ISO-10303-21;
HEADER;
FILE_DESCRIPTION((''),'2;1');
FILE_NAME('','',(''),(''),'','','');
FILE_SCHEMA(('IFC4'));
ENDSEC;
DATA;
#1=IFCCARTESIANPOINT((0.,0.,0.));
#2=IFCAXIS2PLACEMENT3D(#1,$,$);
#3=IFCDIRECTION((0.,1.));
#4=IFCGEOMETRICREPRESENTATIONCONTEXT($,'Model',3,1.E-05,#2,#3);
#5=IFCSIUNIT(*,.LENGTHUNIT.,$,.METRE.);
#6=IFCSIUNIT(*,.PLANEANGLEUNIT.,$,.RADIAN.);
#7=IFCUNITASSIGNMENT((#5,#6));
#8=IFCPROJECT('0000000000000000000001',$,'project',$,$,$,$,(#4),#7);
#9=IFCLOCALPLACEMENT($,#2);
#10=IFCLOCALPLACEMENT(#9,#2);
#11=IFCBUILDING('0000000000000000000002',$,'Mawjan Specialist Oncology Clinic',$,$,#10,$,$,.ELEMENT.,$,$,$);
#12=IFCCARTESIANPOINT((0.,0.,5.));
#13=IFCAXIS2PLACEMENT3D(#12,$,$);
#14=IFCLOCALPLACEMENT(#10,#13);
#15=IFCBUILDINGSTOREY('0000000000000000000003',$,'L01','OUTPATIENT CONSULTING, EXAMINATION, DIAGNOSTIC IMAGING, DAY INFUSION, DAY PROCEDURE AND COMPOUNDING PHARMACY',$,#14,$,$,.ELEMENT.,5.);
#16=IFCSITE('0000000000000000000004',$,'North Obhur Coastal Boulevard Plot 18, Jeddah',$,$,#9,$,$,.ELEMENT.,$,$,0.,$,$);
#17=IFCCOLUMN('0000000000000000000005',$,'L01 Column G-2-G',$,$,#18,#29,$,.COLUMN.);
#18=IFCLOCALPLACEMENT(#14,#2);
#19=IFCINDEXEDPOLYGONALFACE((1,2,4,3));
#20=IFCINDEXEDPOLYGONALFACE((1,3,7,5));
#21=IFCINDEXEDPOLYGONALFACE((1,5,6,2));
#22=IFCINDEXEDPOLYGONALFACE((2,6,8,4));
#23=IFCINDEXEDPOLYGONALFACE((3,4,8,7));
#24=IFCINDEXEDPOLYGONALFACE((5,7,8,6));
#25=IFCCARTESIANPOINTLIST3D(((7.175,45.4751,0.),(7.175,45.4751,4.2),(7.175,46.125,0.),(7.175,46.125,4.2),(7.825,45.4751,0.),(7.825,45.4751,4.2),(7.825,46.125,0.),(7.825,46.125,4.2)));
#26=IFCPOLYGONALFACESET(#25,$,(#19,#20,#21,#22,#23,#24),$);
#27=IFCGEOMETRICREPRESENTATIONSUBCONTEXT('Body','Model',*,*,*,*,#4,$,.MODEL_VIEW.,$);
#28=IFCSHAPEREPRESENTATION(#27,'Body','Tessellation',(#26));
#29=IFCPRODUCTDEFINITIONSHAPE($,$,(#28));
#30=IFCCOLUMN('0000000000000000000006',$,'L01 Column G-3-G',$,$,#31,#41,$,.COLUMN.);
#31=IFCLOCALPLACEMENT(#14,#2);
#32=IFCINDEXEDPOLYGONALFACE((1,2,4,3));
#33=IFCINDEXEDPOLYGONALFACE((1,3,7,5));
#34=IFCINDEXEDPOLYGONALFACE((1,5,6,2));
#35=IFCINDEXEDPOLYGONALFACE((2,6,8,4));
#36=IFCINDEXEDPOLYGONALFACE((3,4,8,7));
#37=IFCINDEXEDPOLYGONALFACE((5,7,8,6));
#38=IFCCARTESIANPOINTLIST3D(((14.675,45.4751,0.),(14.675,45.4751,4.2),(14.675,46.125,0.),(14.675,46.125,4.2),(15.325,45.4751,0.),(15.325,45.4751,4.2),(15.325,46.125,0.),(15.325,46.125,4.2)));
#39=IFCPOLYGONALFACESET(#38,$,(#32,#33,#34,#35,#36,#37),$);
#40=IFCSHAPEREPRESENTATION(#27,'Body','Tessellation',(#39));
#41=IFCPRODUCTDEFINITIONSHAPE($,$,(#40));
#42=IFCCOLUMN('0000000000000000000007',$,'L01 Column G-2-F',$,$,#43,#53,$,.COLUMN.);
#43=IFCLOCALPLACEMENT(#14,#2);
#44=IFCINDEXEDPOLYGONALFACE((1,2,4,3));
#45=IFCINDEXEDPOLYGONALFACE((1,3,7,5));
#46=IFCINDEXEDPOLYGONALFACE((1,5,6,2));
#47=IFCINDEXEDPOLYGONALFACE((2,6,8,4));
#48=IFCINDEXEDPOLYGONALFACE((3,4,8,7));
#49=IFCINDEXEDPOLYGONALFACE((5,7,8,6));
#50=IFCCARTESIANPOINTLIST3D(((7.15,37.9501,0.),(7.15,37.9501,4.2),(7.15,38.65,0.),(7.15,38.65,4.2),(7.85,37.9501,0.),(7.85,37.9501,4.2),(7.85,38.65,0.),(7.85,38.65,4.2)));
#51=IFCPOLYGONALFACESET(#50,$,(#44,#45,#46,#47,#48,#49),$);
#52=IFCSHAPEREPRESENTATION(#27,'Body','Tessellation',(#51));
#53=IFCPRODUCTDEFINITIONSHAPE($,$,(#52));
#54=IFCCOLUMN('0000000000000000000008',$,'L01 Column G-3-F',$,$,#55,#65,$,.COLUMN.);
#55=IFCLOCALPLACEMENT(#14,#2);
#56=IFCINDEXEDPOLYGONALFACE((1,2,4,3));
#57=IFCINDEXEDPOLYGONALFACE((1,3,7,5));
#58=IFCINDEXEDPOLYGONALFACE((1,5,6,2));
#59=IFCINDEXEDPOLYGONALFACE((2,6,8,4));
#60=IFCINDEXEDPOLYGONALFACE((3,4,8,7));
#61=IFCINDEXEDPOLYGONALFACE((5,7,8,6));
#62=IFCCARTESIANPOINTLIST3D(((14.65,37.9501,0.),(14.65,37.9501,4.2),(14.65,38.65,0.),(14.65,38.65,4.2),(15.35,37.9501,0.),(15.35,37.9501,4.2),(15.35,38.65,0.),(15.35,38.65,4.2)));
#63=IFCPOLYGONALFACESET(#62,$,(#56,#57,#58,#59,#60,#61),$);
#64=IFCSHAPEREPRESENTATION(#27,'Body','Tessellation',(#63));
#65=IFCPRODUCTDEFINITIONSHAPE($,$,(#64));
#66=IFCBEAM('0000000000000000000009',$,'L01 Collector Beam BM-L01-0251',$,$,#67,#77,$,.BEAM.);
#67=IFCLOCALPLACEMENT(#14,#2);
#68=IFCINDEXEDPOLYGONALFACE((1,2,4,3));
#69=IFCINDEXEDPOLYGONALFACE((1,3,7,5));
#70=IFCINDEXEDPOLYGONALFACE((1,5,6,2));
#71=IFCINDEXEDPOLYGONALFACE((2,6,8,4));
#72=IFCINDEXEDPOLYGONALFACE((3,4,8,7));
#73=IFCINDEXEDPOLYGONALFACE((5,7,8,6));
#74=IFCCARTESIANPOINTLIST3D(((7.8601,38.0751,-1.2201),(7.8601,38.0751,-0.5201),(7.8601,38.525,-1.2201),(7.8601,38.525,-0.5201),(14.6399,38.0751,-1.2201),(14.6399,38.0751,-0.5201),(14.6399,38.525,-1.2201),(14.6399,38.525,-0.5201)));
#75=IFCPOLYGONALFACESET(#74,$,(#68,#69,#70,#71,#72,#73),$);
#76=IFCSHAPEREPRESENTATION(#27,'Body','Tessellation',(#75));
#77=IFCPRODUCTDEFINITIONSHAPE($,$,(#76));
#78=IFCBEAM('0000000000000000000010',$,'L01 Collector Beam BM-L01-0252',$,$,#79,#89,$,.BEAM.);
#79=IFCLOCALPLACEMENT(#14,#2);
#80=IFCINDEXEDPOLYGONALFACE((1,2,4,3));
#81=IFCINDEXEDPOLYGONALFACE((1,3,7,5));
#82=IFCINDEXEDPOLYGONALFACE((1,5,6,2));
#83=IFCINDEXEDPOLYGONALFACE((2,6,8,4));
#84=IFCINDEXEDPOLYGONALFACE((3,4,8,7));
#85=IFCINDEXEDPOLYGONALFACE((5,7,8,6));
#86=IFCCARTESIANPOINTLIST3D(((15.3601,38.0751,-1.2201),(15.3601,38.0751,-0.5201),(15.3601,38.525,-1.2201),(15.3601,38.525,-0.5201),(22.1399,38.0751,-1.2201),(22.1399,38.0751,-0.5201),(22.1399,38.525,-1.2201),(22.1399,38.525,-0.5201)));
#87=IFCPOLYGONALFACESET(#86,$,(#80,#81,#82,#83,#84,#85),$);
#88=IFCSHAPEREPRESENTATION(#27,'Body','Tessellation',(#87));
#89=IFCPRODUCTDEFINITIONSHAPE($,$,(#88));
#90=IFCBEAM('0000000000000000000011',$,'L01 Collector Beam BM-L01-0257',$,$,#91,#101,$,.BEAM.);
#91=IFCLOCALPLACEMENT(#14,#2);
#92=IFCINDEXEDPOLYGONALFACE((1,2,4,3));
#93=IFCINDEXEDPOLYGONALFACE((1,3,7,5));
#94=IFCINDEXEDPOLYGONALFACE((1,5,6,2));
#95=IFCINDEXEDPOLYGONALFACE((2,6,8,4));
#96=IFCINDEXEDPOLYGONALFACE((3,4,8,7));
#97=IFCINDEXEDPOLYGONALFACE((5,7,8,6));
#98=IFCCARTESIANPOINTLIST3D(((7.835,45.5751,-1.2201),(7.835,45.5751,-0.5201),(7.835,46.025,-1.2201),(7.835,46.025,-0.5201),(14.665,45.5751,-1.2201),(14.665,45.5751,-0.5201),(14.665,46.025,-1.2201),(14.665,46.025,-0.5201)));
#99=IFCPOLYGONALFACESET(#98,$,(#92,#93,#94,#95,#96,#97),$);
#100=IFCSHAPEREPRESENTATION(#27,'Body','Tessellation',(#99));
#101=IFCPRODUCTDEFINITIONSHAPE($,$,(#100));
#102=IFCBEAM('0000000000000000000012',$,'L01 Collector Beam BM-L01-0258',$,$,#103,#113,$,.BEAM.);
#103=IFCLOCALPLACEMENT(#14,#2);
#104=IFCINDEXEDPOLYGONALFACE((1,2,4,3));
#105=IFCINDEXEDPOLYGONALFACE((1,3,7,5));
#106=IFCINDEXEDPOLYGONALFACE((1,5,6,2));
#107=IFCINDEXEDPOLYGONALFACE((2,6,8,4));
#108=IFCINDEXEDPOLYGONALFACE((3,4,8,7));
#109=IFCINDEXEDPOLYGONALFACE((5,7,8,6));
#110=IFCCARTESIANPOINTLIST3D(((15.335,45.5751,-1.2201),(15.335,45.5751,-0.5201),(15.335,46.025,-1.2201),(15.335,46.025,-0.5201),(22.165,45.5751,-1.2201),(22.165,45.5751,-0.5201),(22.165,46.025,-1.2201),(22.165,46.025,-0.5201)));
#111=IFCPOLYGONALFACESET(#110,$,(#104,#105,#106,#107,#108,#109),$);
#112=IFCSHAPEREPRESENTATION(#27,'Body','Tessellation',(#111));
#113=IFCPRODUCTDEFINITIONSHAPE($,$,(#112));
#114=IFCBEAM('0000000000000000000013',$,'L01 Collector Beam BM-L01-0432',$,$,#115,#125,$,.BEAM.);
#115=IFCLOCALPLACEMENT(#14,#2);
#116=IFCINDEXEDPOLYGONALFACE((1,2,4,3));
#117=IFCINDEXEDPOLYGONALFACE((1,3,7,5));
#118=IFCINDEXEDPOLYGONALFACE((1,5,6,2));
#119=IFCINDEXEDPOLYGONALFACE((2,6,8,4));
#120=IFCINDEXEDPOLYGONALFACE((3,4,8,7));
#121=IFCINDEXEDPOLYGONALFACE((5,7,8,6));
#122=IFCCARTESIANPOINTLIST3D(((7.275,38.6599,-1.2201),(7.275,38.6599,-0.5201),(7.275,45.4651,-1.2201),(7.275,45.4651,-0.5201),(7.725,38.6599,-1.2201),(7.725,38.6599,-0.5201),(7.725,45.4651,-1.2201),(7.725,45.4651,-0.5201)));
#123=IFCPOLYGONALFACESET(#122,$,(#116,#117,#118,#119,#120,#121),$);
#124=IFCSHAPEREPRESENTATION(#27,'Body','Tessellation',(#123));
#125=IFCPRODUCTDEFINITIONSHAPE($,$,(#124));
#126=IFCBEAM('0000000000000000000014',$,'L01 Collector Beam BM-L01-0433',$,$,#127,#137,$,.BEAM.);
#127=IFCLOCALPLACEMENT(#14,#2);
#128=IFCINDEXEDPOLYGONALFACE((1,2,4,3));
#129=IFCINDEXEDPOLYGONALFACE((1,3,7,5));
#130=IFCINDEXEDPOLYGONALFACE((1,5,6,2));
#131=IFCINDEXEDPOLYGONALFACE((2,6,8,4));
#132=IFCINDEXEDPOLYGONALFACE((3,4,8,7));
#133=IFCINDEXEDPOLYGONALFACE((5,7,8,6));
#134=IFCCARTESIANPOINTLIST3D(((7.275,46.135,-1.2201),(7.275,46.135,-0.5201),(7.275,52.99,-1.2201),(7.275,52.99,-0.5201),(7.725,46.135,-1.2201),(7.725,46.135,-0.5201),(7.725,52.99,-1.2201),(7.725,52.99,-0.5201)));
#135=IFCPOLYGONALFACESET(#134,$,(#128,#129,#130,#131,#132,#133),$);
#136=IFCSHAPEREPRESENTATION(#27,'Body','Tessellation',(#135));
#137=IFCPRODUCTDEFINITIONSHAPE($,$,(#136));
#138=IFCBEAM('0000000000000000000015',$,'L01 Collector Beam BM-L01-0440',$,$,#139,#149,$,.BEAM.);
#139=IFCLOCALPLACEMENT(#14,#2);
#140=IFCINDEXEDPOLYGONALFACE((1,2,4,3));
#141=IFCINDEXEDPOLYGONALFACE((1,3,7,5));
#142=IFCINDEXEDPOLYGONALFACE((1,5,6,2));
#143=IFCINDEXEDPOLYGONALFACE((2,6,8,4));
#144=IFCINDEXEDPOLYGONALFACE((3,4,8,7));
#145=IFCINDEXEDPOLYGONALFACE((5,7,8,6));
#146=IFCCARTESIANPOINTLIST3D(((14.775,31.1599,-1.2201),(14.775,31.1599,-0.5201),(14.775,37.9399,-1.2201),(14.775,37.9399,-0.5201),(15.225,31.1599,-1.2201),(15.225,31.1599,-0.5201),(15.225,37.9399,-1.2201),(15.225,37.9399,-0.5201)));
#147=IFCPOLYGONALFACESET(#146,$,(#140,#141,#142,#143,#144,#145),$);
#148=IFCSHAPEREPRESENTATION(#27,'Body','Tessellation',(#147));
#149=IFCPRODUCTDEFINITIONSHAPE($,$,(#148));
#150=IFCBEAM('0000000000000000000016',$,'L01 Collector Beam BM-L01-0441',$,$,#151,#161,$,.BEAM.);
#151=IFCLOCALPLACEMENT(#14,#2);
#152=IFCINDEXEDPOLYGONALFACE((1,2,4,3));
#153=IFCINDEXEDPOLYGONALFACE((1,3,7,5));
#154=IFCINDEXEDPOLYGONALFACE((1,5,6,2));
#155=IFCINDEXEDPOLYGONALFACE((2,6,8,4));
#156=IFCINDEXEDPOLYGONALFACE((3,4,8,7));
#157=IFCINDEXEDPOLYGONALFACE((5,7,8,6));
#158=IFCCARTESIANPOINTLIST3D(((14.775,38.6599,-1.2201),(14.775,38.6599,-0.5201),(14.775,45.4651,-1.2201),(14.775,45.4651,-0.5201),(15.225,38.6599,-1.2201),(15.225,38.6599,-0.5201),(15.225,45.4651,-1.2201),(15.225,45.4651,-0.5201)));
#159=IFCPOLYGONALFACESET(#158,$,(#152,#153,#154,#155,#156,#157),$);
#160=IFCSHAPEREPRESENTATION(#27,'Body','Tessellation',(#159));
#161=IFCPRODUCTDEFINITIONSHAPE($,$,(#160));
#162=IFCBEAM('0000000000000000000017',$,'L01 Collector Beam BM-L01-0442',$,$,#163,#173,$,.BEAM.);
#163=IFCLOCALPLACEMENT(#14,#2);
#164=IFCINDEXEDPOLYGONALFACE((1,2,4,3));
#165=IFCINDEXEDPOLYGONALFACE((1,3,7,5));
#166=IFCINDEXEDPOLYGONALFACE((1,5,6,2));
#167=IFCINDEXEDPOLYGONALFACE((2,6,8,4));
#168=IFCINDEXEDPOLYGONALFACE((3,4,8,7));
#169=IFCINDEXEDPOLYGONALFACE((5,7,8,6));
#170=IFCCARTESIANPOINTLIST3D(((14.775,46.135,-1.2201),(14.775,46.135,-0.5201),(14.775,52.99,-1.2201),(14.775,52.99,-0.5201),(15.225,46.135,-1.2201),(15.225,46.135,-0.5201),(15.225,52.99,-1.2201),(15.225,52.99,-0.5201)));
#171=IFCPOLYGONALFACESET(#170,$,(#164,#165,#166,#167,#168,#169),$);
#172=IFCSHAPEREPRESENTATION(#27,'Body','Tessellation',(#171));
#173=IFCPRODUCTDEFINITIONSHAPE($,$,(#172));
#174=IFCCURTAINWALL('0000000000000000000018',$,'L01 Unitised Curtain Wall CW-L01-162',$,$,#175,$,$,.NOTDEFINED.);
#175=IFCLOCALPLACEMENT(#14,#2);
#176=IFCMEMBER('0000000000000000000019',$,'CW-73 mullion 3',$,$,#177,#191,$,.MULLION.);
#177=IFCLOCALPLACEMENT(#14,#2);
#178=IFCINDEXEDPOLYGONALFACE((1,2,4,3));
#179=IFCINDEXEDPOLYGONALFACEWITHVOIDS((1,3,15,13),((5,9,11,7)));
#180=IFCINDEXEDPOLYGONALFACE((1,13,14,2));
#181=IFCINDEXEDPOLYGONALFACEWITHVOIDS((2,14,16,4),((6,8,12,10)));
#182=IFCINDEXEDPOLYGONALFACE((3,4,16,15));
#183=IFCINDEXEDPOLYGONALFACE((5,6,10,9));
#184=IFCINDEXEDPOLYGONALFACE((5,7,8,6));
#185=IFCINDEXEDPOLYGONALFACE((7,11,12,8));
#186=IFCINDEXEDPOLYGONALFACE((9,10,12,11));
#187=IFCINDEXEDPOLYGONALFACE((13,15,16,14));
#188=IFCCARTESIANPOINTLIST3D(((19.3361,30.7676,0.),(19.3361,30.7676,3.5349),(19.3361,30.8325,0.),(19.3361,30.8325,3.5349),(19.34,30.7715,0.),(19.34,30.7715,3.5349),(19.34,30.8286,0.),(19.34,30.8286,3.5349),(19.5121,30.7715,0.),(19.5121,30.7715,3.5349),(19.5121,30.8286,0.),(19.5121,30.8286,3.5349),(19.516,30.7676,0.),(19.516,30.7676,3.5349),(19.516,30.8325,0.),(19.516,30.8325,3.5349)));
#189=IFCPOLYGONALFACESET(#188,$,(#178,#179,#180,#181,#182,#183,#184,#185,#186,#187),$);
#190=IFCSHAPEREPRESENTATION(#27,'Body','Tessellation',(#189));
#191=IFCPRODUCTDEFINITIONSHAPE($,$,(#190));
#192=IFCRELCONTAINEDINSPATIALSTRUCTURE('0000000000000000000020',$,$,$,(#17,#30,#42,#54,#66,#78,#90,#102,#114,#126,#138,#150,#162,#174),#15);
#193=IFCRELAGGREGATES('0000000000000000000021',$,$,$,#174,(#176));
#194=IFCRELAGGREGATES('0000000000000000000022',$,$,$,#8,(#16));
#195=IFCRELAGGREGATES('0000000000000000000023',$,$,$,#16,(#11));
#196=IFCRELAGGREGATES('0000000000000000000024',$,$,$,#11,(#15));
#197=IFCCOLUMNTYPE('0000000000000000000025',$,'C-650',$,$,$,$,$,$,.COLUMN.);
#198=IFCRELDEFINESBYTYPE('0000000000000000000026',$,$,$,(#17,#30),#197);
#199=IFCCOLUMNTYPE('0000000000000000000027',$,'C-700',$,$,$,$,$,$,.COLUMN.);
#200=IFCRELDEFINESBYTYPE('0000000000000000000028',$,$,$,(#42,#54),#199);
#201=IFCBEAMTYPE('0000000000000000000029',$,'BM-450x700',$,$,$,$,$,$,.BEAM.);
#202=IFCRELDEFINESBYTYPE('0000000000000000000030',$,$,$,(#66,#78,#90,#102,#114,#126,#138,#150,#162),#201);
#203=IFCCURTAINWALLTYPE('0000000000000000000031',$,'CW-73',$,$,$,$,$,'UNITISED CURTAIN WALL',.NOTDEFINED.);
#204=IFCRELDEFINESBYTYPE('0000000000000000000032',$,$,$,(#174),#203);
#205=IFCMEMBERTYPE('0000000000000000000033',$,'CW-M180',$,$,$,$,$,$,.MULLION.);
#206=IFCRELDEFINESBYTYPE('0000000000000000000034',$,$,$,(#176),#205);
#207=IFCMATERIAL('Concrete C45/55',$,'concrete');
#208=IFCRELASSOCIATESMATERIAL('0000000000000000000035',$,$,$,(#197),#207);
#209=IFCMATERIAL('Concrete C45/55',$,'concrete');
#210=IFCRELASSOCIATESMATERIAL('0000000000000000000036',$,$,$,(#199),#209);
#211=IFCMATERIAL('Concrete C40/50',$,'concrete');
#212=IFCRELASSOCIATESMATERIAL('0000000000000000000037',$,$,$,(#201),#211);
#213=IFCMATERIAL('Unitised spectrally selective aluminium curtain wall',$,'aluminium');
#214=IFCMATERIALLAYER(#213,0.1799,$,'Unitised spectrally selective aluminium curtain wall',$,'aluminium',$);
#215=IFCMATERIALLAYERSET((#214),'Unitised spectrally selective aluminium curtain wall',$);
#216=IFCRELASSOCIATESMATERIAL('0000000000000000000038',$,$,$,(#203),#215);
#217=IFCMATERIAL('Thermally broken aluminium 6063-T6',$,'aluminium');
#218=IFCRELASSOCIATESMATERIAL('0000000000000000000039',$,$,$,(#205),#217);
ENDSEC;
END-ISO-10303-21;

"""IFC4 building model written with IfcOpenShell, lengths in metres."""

from ifc_helpers import new_model, si_unit, direction, frame, origin, origin_2d, place, context, subcontext, project, spatial, rectangle, hollow_rectangle, extrude, material, layer, layer_set, material_profile, profile_set, type_object, element, aggregate, save


model = new_model("IFC4")

# Units and contexts
model_context = context("Model", 3, precision=1e-05, world=origin(), true_north=direction((0.0, 1.0)))
body_context = subcontext(model_context, "Body", "Model", "MODEL_VIEW")
ifc_project = project(units=[si_unit("LENGTHUNIT", "METRE"), si_unit("PLANEANGLEUNIT", "RADIAN")], contexts=[model_context])

# Site, building, storey
site_placement = place(None, origin())
site = spatial("IfcSite", under=ifc_project, at=site_placement, Name="North Obhur Coastal Boulevard Plot 18, Jeddah", CompositionType="ELEMENT", RefElevation=0.0)
building_placement = place(site_placement, origin())
building = spatial("IfcBuilding", under=site, at=building_placement, Name="Mawjan Specialist Oncology Clinic", CompositionType="ELEMENT")
storey_placement = place(building_placement, frame((0.0, 0.0, 5.0)))
storey = spatial("IfcBuildingStorey", under=building, at=storey_placement, Name="L01", Description="OUTPATIENT CONSULTING, EXAMINATION, DIAGNOSTIC IMAGING, DAY INFUSION, DAY PROCEDURE AND COMPOUNDING PHARMACY", CompositionType="ELEMENT", Elevation=5.0)

# Columns
ifc_material_1 = material(Name="Concrete C45/55", Category="concrete")
ifc_material_profile_1 = material_profile(ifc_material_1, rectangle(XDim=0.6499, YDim=0.6499, at=origin_2d()), Name="RC COL 650x650", Category="concrete")
ifc_profile_set_1 = profile_set([ifc_material_profile_1], Name="Concrete C45/55")
column_type_1 = type_object("IfcColumnType", Name="C-650", PredefinedType="COLUMN", material=ifc_profile_set_1)
for number, where, z_axis, x_axis, name in (
    (1, (7.5, 45.8, 0.0), (0.0, 0.0, 1.0), (1.0, 0.0, 0.0), "L01 Column G-2-G"),
    (2, (15.0, 45.8, 0.0), (0.0, 0.0, 1.0), (1.0, 0.0, 0.0), "L01 Column G-3-G"),
):
    element("IfcColumn", number, at=place(storey_placement, frame(where, z_axis=z_axis, x_axis=x_axis)), inside=storey, type_object=column_type_1, Name=name, PredefinedType="COLUMN", context=body_context, shape_type="SweptSolid", body=[
        extrude(rectangle(XDim=0.6499, YDim=0.6499, at=origin_2d()), origin(), (0.0, 0.0, 1.0), 4.2),
    ])
ifc_material_2 = material(Name="Concrete C45/55", Category="concrete")
ifc_material_profile_2 = material_profile(ifc_material_2, rectangle(XDim=0.7, YDim=0.7, at=origin_2d()), Name="RC COL 700x700", Category="concrete")
ifc_profile_set_2 = profile_set([ifc_material_profile_2], Name="Concrete C45/55")
column_type_2 = type_object("IfcColumnType", Name="C-700", PredefinedType="COLUMN", material=ifc_profile_set_2)
for number, where, z_axis, x_axis, name in (
    (3, (7.5, 38.3, 0.0), (0.0, 0.0, 1.0), (1.0, 0.0, 0.0), "L01 Column G-2-F"),
    (4, (15.0, 38.3, 0.0), (0.0, 0.0, 1.0), (1.0, 0.0, 0.0), "L01 Column G-3-F"),
):
    element("IfcColumn", number, at=place(storey_placement, frame(where, z_axis=z_axis, x_axis=x_axis)), inside=storey, type_object=column_type_2, Name=name, PredefinedType="COLUMN", context=body_context, shape_type="SweptSolid", body=[
        extrude(rectangle(XDim=0.7, YDim=0.7, at=origin_2d()), origin(), (0.0, 0.0, 1.0), 4.2),
    ])

# Beams
ifc_material_3 = material(Name="Concrete C40/50", Category="concrete")
ifc_material_profile_3 = material_profile(ifc_material_3, rectangle(XDim=0.45, YDim=0.7, at=origin_2d()), Name="RC BM 450x700", Category="concrete")
ifc_profile_set_3 = profile_set([ifc_material_profile_3], Name="Concrete C40/50")
beam_type = type_object("IfcBeamType", Name="BM-450x700", PredefinedType="BEAM", material=ifc_profile_set_3)
for number, where, z_axis, x_axis, name in (
    (5, (7.8601, 38.3, -0.8701), (1.0, 0.0, 0.0), (0.0, 1.0, 0.0), "L01 Collector Beam BM-L01-0251"),
    (6, (15.3601, 38.3, -0.8701), (1.0, 0.0, 0.0), (0.0, 1.0, 0.0), "L01 Collector Beam BM-L01-0252"),
):
    element("IfcBeam", number, at=place(storey_placement, frame(where, z_axis=z_axis, x_axis=x_axis)), inside=storey, type_object=beam_type, Name=name, PredefinedType="BEAM", context=body_context, shape_type="SweptSolid", body=[
        extrude(rectangle(XDim=0.45, YDim=0.7, at=origin_2d()), origin(), (0.0, 0.0, 1.0), 6.7798),
    ])
for number, where, z_axis, x_axis, name in (
    (7, (7.835, 45.8, -0.8701), (1.0, 0.0, 0.0), (0.0, 1.0, 0.0), "L01 Collector Beam BM-L01-0257"),
    (8, (15.335, 45.8, -0.8701), (1.0, 0.0, 0.0), (0.0, 1.0, 0.0), "L01 Collector Beam BM-L01-0258"),
):
    element("IfcBeam", number, at=place(storey_placement, frame(where, z_axis=z_axis, x_axis=x_axis)), inside=storey, type_object=beam_type, Name=name, PredefinedType="BEAM", context=body_context, shape_type="SweptSolid", body=[
        extrude(rectangle(XDim=0.45, YDim=0.7, at=origin_2d()), origin(), (0.0, 0.0, 1.0), 6.8301),
    ])
beam_1_placement = place(storey_placement, frame((7.5, 38.6599, -0.8701), z_axis=(0.0, 1.0, 0.0), x_axis=(-1.0, 0.0, 0.0)))
element("IfcBeam", 9, at=beam_1_placement, inside=storey, type_object=beam_type, Name="L01 Collector Beam BM-L01-0432", PredefinedType="BEAM", context=body_context, shape_type="SweptSolid", body=[
    extrude(rectangle(XDim=0.45, YDim=0.7, at=origin_2d()), origin(), (0.0, 0.0, 1.0), 6.8052),
])
beam_2_placement = place(storey_placement, frame((7.5, 46.135, -0.8701), z_axis=(0.0, 1.0, 0.0), x_axis=(-1.0, 0.0, 0.0)))
element("IfcBeam", 10, at=beam_2_placement, inside=storey, type_object=beam_type, Name="L01 Collector Beam BM-L01-0433", PredefinedType="BEAM", context=body_context, shape_type="SweptSolid", body=[
    extrude(rectangle(XDim=0.45, YDim=0.7, at=origin_2d()), origin(), (0.0, 0.0, 1.0), 6.855),
])
beam_3_placement = place(storey_placement, frame((15.0, 31.1599, -0.8701), z_axis=(0.0, 1.0, 0.0), x_axis=(-1.0, 0.0, 0.0)))
element("IfcBeam", 11, at=beam_3_placement, inside=storey, type_object=beam_type, Name="L01 Collector Beam BM-L01-0440", PredefinedType="BEAM", context=body_context, shape_type="SweptSolid", body=[
    extrude(rectangle(XDim=0.45, YDim=0.7, at=origin_2d()), origin(), (0.0, 0.0, 1.0), 6.78),
])
beam_4_placement = place(storey_placement, frame((15.0, 38.6599, -0.8701), z_axis=(0.0, 1.0, 0.0), x_axis=(-1.0, 0.0, 0.0)))
element("IfcBeam", 12, at=beam_4_placement, inside=storey, type_object=beam_type, Name="L01 Collector Beam BM-L01-0441", PredefinedType="BEAM", context=body_context, shape_type="SweptSolid", body=[
    extrude(rectangle(XDim=0.45, YDim=0.7, at=origin_2d()), origin(), (0.0, 0.0, 1.0), 6.8052),
])
beam_5_placement = place(storey_placement, frame((15.0, 46.135, -0.8701), z_axis=(0.0, 1.0, 0.0), x_axis=(-1.0, 0.0, 0.0)))
element("IfcBeam", 13, at=beam_5_placement, inside=storey, type_object=beam_type, Name="L01 Collector Beam BM-L01-0442", PredefinedType="BEAM", context=body_context, shape_type="SweptSolid", body=[
    extrude(rectangle(XDim=0.45, YDim=0.7, at=origin_2d()), origin(), (0.0, 0.0, 1.0), 6.855),
])

# Curtain wall, member
ifc_material_4 = material(Name="Unitised spectrally selective aluminium curtain wall", Category="aluminium")
ifc_layer_1 = layer(ifc_material_4, 0.1799, Name="Unitised spectrally selective aluminium curtain wall", Category="aluminium")
ifc_layer_set_1 = layer_set([ifc_layer_1], Name="Unitised spectrally selective aluminium curtain wall")
curtain_wall_type = type_object("IfcCurtainWallType", Name="CW-73", ElementType="UNITISED CURTAIN WALL", PredefinedType="NOTDEFINED", material=ifc_layer_set_1)
curtain_wall_placement = place(storey_placement, origin())
curtain_wall = element("IfcCurtainWall", 14, at=curtain_wall_placement, inside=storey, type_object=curtain_wall_type, Name="L01 Unitised Curtain Wall CW-L01-162", PredefinedType="NOTDEFINED")
ifc_material_5 = material(Name="Thermally broken aluminium 6063-T6", Category="aluminium")
ifc_material_profile_4 = material_profile(ifc_material_5, hollow_rectangle(XDim=0.0649, YDim=0.1799, WallThickness=0.0039, at=origin_2d()), Name="ALU MULLION 180x65x4", Category="aluminium")
ifc_profile_set_4 = profile_set([ifc_material_profile_4], Name="Thermally broken aluminium 6063-T6")
member_type_1 = type_object("IfcMemberType", Name="CW-M180", PredefinedType="MULLION", material=ifc_profile_set_4)
member_1_placement = place(storey_placement, frame((19.426, 30.8, 0.0), z_axis=(0.0, 0.0, 1.0), x_axis=(0.0, -1.0, 0.0)))
member_1 = element("IfcMember", 15, at=member_1_placement, type_object=member_type_1, Name="CW-73 mullion 3", PredefinedType="MULLION", context=body_context, shape_type="SweptSolid", body=[
    extrude(hollow_rectangle(XDim=0.0649, YDim=0.1799, WallThickness=0.0039, at=origin_2d()), origin(), (0.0, 0.0, 1.0), 3.5349),
])
aggregate(curtain_wall, [member_1])

save(model, "model.ifc")
